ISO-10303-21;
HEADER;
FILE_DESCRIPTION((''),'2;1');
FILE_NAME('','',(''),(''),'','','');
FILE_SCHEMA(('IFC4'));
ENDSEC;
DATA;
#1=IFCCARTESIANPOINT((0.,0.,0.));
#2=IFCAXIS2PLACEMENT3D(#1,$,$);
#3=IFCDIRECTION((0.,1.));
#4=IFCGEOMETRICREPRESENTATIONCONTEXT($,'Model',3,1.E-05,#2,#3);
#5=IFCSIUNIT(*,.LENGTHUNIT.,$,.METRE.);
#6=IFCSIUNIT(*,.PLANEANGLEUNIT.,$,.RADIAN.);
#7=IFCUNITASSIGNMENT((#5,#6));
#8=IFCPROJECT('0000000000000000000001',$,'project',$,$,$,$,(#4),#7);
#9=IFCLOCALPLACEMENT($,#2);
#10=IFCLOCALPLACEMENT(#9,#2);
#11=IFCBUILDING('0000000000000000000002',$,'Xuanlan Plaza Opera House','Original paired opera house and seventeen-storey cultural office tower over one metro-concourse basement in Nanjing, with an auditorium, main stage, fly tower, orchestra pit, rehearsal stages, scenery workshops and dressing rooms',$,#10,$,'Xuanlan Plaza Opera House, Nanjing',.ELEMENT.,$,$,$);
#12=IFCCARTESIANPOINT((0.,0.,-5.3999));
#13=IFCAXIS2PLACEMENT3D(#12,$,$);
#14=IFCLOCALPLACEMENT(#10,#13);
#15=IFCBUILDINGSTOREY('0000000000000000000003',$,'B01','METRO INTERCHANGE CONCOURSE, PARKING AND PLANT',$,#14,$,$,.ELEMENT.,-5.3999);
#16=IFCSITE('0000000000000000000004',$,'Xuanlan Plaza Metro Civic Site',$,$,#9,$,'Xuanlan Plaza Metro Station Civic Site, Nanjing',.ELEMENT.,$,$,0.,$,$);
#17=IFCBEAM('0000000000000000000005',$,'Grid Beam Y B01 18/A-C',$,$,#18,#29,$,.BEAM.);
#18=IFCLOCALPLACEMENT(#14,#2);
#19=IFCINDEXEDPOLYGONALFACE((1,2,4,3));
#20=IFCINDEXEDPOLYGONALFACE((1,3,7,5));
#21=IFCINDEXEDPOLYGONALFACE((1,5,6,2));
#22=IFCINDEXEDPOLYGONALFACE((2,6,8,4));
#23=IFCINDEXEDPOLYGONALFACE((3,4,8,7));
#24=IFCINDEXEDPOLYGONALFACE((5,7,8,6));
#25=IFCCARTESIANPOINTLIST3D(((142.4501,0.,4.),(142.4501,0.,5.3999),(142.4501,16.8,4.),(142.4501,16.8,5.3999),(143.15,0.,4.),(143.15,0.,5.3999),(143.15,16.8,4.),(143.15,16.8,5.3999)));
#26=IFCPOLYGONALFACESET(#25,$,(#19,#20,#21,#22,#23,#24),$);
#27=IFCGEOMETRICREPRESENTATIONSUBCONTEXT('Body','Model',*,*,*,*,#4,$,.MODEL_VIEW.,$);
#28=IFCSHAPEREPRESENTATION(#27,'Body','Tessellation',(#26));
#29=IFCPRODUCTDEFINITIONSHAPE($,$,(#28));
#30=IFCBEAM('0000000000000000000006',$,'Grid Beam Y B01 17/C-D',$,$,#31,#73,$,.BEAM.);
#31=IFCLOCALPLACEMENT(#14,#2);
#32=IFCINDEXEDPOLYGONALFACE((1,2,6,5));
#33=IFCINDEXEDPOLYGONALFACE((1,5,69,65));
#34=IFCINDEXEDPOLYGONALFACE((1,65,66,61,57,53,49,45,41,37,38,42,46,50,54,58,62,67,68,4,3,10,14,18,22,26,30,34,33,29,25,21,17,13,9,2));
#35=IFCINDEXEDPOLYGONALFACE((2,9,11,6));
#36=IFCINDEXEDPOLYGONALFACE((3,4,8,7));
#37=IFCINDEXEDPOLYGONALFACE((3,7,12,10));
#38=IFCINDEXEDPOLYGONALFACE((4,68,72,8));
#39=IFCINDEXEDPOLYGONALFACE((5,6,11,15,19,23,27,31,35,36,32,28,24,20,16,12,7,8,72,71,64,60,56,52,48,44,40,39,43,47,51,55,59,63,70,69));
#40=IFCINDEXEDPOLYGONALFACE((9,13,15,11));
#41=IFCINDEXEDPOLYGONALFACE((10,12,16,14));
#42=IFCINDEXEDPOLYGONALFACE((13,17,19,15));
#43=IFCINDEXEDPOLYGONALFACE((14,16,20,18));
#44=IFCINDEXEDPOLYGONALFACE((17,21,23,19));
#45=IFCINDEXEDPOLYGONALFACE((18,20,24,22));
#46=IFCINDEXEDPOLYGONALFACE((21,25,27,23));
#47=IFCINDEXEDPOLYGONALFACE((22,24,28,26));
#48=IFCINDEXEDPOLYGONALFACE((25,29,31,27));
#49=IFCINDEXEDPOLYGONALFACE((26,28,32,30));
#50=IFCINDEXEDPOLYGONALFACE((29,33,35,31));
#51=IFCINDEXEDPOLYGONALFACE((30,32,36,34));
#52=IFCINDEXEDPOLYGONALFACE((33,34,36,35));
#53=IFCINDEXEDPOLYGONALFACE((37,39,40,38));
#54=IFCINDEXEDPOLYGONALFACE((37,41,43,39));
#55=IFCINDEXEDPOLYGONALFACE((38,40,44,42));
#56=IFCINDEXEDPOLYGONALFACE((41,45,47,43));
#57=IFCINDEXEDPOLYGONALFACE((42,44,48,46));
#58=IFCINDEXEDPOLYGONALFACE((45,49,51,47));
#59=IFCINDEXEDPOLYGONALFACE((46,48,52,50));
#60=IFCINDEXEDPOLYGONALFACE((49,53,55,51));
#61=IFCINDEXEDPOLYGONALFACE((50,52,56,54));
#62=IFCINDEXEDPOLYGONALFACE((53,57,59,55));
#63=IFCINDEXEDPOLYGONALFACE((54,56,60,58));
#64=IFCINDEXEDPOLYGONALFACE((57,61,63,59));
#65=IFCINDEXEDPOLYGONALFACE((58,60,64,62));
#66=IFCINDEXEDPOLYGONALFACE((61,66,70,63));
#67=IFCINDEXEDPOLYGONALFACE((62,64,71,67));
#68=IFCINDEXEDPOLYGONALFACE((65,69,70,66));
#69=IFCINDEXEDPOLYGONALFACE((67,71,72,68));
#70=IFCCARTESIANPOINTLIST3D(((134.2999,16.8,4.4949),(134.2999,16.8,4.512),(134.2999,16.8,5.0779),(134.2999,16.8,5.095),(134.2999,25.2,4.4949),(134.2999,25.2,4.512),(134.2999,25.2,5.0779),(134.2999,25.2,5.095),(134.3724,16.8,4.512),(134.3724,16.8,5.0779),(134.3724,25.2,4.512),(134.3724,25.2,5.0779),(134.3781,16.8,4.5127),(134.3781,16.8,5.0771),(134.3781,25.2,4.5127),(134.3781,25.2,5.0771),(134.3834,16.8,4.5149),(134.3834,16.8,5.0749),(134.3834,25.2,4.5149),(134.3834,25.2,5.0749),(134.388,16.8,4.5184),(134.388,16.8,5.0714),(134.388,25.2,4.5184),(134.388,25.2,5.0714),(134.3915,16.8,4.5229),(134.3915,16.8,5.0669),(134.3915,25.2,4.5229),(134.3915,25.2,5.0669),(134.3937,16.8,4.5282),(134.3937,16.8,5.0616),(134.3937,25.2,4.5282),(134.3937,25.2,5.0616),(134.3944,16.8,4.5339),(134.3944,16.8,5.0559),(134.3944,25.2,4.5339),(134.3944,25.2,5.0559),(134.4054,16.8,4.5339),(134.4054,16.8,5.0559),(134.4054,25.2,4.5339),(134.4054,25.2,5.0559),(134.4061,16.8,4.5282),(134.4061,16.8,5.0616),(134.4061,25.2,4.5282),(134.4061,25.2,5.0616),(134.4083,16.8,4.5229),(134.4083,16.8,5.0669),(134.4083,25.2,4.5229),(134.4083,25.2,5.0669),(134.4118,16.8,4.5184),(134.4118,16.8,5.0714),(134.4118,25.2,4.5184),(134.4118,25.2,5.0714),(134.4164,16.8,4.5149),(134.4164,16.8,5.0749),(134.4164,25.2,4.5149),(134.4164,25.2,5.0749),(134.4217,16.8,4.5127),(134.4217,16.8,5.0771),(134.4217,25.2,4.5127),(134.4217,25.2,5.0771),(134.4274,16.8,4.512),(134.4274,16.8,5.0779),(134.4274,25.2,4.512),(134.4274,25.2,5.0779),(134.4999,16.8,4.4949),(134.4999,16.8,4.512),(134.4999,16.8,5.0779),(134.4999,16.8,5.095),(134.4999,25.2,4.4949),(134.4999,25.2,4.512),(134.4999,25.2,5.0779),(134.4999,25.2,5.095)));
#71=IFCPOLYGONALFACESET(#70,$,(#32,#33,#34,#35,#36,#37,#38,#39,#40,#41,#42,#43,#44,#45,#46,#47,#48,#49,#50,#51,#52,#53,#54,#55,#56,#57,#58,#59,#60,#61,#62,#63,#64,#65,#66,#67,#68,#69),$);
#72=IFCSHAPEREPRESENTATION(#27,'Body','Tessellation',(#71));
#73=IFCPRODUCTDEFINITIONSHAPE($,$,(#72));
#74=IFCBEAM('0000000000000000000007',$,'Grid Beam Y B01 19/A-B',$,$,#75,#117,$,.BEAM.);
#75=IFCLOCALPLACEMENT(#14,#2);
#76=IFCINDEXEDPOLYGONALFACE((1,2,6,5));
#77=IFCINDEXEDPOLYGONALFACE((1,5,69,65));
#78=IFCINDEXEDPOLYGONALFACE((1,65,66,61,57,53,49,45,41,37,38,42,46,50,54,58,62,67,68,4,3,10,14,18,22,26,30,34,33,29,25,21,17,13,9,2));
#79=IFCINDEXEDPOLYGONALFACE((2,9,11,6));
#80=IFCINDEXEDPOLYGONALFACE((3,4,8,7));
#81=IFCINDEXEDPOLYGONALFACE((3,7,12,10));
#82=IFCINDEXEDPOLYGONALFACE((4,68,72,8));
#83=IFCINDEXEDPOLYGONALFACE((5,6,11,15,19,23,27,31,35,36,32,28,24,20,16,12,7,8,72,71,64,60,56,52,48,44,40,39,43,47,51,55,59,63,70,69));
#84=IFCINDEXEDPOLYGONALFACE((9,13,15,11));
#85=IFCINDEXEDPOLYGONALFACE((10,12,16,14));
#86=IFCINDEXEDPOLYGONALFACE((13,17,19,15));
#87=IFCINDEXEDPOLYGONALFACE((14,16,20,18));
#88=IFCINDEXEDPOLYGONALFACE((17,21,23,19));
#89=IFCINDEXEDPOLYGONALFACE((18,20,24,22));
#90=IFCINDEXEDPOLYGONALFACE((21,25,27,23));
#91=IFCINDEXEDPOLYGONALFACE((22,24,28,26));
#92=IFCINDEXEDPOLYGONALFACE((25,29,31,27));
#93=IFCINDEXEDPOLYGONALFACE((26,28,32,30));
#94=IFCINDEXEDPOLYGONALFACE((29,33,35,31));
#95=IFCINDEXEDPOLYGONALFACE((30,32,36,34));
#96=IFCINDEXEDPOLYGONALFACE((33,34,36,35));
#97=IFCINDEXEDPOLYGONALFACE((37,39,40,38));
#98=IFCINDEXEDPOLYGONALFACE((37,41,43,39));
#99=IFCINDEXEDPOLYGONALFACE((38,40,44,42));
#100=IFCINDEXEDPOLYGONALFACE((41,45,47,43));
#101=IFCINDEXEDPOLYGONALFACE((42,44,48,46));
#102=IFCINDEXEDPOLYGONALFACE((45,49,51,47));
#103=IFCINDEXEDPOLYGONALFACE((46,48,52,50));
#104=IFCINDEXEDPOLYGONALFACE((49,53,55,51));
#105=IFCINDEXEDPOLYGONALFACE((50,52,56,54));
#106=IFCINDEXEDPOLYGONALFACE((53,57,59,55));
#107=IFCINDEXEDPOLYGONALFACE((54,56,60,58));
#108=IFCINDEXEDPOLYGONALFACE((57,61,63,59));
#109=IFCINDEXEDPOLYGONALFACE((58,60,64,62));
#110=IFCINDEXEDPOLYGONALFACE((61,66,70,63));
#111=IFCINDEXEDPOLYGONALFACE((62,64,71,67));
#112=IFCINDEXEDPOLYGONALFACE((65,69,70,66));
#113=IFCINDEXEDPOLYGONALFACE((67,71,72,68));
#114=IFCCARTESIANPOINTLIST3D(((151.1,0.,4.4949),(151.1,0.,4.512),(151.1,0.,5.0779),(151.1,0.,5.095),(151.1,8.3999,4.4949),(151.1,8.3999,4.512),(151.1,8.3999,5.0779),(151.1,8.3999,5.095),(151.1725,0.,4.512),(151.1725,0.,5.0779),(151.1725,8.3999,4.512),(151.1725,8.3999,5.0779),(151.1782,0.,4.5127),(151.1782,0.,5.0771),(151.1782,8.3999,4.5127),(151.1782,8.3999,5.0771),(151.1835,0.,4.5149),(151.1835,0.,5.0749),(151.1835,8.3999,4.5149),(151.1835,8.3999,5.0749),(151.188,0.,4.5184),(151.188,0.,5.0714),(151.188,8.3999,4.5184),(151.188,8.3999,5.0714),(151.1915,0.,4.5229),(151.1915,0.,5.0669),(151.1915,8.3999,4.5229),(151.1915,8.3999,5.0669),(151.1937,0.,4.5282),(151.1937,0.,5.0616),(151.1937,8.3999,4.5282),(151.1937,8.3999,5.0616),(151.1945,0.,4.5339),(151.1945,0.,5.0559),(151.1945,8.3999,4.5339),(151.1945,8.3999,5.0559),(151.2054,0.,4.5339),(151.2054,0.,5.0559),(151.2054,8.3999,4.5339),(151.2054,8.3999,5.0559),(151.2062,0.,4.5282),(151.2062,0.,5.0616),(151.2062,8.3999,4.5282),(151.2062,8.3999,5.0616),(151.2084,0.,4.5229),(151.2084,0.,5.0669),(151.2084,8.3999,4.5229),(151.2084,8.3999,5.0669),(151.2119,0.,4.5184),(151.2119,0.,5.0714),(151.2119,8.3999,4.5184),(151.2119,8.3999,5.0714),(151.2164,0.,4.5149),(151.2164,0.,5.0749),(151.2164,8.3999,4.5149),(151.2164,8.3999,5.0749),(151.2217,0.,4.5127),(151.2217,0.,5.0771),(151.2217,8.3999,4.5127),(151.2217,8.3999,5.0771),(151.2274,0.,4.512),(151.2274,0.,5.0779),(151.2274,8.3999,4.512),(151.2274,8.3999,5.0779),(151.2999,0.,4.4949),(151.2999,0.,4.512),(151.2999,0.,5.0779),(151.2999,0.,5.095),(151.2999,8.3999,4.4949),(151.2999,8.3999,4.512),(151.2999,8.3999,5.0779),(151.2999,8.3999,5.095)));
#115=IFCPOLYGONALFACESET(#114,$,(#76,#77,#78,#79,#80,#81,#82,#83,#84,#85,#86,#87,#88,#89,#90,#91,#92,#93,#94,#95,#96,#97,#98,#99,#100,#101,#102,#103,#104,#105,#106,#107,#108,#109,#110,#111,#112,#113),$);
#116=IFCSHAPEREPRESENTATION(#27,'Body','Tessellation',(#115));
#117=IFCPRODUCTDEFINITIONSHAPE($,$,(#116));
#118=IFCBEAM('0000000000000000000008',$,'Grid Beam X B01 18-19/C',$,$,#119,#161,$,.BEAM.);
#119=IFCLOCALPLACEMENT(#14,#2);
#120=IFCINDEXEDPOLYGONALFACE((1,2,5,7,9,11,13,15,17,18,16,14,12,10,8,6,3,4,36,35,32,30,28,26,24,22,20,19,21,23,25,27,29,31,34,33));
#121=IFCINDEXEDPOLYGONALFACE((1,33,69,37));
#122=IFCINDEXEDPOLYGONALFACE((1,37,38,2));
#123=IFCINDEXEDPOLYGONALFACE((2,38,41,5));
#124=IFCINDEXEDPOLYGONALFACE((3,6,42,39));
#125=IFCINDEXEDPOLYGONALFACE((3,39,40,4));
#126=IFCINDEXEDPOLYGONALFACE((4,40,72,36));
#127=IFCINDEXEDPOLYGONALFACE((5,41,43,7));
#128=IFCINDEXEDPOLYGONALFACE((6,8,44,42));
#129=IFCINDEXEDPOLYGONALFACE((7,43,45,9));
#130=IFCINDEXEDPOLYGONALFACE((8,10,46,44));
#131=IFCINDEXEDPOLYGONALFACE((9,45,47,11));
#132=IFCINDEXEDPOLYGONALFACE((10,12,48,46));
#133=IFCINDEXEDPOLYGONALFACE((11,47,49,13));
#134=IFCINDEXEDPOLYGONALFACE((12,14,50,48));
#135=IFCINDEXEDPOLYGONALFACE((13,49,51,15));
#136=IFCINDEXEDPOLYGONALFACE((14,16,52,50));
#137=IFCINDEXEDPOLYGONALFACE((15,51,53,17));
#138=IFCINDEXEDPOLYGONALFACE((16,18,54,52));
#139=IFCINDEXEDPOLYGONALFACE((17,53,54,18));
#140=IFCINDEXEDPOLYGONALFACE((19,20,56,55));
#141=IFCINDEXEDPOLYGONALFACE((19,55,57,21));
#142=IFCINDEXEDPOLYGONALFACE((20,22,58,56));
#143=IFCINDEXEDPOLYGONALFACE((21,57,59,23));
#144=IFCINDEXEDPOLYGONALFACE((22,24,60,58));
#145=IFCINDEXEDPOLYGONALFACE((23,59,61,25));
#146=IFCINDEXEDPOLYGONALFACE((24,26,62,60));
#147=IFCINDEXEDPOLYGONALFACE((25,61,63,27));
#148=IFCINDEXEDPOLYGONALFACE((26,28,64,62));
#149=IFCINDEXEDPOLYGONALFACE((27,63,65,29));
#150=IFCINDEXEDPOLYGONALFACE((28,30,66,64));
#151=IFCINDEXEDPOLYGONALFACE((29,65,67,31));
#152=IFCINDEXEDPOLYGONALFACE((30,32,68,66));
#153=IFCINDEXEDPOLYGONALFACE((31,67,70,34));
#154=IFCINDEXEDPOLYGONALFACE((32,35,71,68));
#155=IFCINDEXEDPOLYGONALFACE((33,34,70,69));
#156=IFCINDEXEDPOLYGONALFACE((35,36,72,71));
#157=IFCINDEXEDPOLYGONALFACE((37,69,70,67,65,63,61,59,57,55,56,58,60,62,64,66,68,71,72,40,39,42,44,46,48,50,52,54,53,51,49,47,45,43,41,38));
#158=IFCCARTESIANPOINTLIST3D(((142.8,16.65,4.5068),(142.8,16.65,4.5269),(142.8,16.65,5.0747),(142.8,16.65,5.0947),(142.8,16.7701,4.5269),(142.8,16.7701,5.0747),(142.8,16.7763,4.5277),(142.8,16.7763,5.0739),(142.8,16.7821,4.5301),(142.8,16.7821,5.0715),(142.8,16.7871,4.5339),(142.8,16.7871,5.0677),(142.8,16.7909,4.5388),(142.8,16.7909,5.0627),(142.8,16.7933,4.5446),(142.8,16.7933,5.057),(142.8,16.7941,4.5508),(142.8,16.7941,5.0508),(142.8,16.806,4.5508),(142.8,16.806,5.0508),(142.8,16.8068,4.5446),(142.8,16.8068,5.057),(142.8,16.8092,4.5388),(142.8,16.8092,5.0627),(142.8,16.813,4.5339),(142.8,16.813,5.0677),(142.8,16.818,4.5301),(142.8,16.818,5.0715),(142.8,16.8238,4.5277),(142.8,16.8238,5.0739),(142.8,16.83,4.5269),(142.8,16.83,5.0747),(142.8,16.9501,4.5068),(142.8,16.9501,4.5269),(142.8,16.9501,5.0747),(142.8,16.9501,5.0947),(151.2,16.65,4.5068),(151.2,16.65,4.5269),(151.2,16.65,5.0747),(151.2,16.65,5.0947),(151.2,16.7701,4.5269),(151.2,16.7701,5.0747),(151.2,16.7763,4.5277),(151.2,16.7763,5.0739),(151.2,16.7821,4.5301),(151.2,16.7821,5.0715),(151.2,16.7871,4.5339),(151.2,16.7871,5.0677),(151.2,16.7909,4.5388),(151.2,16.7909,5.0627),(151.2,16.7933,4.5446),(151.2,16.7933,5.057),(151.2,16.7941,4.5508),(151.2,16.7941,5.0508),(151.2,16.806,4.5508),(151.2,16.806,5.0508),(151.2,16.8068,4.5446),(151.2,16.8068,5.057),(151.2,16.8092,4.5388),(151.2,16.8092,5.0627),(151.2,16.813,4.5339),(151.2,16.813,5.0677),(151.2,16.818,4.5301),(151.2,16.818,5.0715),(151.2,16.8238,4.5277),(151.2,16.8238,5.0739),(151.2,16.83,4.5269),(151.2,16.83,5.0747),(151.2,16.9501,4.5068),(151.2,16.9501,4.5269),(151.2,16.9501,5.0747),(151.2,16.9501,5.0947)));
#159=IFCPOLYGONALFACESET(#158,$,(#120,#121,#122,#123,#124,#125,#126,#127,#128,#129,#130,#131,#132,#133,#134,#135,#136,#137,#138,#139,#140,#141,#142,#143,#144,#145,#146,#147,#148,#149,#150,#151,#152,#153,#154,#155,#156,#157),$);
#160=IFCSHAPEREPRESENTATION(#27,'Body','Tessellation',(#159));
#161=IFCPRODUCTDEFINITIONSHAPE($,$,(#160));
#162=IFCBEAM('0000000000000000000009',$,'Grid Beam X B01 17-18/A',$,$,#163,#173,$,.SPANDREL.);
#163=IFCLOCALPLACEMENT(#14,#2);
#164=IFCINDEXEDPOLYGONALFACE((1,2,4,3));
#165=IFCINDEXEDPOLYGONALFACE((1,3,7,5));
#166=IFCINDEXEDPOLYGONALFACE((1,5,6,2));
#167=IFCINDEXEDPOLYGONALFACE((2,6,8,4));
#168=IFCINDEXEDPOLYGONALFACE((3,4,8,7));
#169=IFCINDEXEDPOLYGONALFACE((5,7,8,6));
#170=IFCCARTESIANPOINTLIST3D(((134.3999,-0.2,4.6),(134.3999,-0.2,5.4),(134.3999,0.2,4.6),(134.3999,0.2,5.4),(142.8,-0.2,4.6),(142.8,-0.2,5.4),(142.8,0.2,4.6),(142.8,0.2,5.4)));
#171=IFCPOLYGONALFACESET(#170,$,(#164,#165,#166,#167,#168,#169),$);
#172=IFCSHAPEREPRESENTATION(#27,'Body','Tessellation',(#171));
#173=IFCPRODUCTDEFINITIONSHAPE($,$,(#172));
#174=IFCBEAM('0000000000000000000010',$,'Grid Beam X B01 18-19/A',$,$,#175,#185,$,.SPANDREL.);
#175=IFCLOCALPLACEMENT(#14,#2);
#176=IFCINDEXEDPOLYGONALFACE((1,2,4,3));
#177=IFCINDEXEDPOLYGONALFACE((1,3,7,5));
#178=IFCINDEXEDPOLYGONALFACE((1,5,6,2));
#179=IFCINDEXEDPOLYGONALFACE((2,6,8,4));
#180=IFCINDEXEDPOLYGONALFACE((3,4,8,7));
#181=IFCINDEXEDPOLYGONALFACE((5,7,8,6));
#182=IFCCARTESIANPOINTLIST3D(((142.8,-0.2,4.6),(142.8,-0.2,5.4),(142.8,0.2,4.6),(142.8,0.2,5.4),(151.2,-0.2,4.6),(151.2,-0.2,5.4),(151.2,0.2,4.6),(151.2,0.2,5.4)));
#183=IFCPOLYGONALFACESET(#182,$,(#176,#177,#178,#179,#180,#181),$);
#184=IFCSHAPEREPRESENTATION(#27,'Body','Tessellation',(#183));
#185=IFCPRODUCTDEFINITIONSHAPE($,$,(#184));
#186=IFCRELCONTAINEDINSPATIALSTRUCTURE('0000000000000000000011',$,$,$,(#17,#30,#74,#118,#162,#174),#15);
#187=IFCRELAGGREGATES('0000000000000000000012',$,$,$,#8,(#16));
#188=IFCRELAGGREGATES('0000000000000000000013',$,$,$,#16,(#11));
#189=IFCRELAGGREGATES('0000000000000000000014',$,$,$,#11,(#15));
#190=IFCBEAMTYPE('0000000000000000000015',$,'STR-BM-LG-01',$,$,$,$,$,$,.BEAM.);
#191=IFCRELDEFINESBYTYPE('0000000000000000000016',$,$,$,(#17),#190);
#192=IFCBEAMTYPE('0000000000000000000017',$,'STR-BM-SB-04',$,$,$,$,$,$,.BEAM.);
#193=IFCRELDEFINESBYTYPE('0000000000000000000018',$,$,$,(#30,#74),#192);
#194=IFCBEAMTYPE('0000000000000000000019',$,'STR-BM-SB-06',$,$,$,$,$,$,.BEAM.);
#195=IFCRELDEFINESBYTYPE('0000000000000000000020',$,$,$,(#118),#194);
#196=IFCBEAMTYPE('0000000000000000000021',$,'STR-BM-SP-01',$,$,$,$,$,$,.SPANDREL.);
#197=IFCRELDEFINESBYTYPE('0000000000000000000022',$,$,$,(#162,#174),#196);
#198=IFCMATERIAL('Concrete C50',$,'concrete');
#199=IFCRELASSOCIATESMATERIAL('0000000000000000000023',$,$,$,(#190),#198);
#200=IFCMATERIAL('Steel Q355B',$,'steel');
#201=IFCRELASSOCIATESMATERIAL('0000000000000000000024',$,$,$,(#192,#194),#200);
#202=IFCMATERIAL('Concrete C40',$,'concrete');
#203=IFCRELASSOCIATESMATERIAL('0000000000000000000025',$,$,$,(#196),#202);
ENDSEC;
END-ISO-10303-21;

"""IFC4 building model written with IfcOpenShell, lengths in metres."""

from ifc_helpers import new_model, si_unit, direction, frame, origin, origin_2d, place, context, subcontext, project, spatial, rectangle, i_section, extrude, material, material_profile, profile_set, type_object, element, save


model = new_model("IFC4")

# Units and contexts
model_context = context("Model", 3, precision=1e-05, world=origin(), true_north=direction((0.0, 1.0)))
body_context = subcontext(model_context, "Body", "Model", "MODEL_VIEW")
ifc_project = project(units=[si_unit("LENGTHUNIT", "METRE"), si_unit("PLANEANGLEUNIT", "RADIAN")], contexts=[model_context])

# Site, building, storey
site_placement = place(None, origin())
site = spatial("IfcSite", under=ifc_project, at=site_placement, Name="Xuanlan Plaza Metro Civic Site", LongName="Xuanlan Plaza Metro Station Civic Site, Nanjing", CompositionType="ELEMENT", RefElevation=0.0)
building_placement = place(site_placement, origin())
building = spatial("IfcBuilding", under=site, at=building_placement, Name="Xuanlan Plaza Opera House", Description="Original paired opera house and seventeen-storey cultural office tower over one metro-concourse basement in Nanjing, with an auditorium, main stage, fly tower, orchestra pit, rehearsal stages, scenery workshops and dressing rooms", LongName="Xuanlan Plaza Opera House, Nanjing", CompositionType="ELEMENT")
storey_placement = place(building_placement, frame((0.0, 0.0, -5.3999)))
storey = spatial("IfcBuildingStorey", under=building, at=storey_placement, Name="B01", Description="METRO INTERCHANGE CONCOURSE, PARKING AND PLANT", CompositionType="ELEMENT", Elevation=-5.3999)

# Shared definitions
ifc_material_1 = material(Name="Concrete C50", Category="concrete")
ifc_material_2 = material(Name="Concrete C40", Category="concrete")

# Beams
ifc_material_profile_1 = material_profile(ifc_material_1, rectangle(XDim=0.7, YDim=1.3999, at=origin_2d()), Name="RC-LG 700x1400")
ifc_profile_set_1 = profile_set([ifc_material_profile_1], Name="Concrete C50")
beam_type_1 = type_object("IfcBeamType", Name="STR-BM-LG-01", PredefinedType="BEAM", material=ifc_profile_set_1)
for number, where, z_axis, x_axis, name in (
    (1, (142.8, 0.0, 4.7), (0.0, 1.0, 0.0), (-1.0, 0.0, 0.0), "Grid Beam Y B01 18/A-C"),
):
    element("IfcBeam", number, at=place(storey_placement, frame(where, z_axis=z_axis, x_axis=x_axis)), inside=storey, type_object=beam_type_1, Name=name, PredefinedType="BEAM", context=body_context, shape_type="SweptSolid", body=[
        extrude(rectangle(XDim=0.7, YDim=1.3999, at=origin_2d()), origin(), (0.0, 0.0, 1.0), 16.8),
    ])
ifc_material_3 = material(Name="Steel Q355B", Category="steel")
ifc_material_profile_2 = material_profile(ifc_material_3, i_section(OverallWidth=0.2, OverallDepth=0.6001, WebThickness=0.011, FlangeThickness=0.0171, FilletRadius=0.022, at=origin_2d()), Name="HN 600x200x11x17")
ifc_profile_set_2 = profile_set([ifc_material_profile_2], Name="Steel Q355B")
beam_type_2 = type_object("IfcBeamType", Name="STR-BM-SB-04", PredefinedType="BEAM", material=ifc_profile_set_2)
for number, where, z_axis, x_axis, name in (
    (2, (134.3999, 16.8, 4.7949), (0.0, 1.0, 0.0), (-1.0, 0.0, 0.0), "Grid Beam Y B01 17/C-D"),
    (3, (151.2, 0.0, 4.7949), (0.0, 1.0, 0.0), (-1.0, 0.0, 0.0), "Grid Beam Y B01 19/A-B"),
):
    element("IfcBeam", number, at=place(storey_placement, frame(where, z_axis=z_axis, x_axis=x_axis)), inside=storey, type_object=beam_type_2, Name=name, PredefinedType="BEAM", context=body_context, shape_type="SweptSolid", body=[
        extrude(i_section(OverallWidth=0.2, OverallDepth=0.6001, WebThickness=0.011, FlangeThickness=0.0171, FilletRadius=0.022, at=origin_2d()), origin(), (0.0, 0.0, 1.0), 8.3999),
    ])
ifc_material_profile_3 = material_profile(ifc_material_3, i_section(OverallWidth=0.3, OverallDepth=0.5879, WebThickness=0.012, FlangeThickness=0.02, FilletRadius=0.0239, at=origin_2d()), Name="HM 588x300x12x20")
ifc_profile_set_3 = profile_set([ifc_material_profile_3], Name="Steel Q355B")
beam_type_3 = type_object("IfcBeamType", Name="STR-BM-SB-06", PredefinedType="BEAM", material=ifc_profile_set_3)
beam_1_placement = place(storey_placement, frame((142.8, 16.8, 4.8008), z_axis=(1.0, 0.0, 0.0), x_axis=(0.0, 1.0, 0.0)))
element("IfcBeam", 4, at=beam_1_placement, inside=storey, type_object=beam_type_3, Name="Grid Beam X B01 18-19/C", PredefinedType="BEAM", context=body_context, shape_type="SweptSolid", body=[
    extrude(i_section(OverallWidth=0.3, OverallDepth=0.5879, WebThickness=0.012, FlangeThickness=0.02, FilletRadius=0.0239, at=origin_2d()), origin(), (0.0, 0.0, 1.0), 8.3999),
])
ifc_material_profile_4 = material_profile(ifc_material_2, rectangle(XDim=0.3999, YDim=0.8, at=origin_2d()), Name="RC-SPD 400x800")
ifc_profile_set_4 = profile_set([ifc_material_profile_4], Name="Concrete C40")
beam_type_4 = type_object("IfcBeamType", Name="STR-BM-SP-01", PredefinedType="SPANDREL", material=ifc_profile_set_4)
beam_2_placement = place(storey_placement, frame((134.3999, 0.0, 5.0), z_axis=(1.0, 0.0, 0.0), x_axis=(0.0, 1.0, 0.0)))
element("IfcBeam", 5, at=beam_2_placement, inside=storey, type_object=beam_type_4, Name="Grid Beam X B01 17-18/A", PredefinedType="SPANDREL", context=body_context, shape_type="SweptSolid", body=[
    extrude(rectangle(XDim=0.3999, YDim=0.8, at=origin_2d()), origin(), (0.0, 0.0, 1.0), 8.4001),
])
beam_3_placement = place(storey_placement, frame((142.8, 0.0, 5.0), z_axis=(1.0, 0.0, 0.0), x_axis=(0.0, 1.0, 0.0)))
element("IfcBeam", 6, at=beam_3_placement, inside=storey, type_object=beam_type_4, Name="Grid Beam X B01 18-19/A", PredefinedType="SPANDREL", context=body_context, shape_type="SweptSolid", body=[
    extrude(rectangle(XDim=0.3999, YDim=0.8, at=origin_2d()), origin(), (0.0, 0.0, 1.0), 8.3999),
])

save(model, "model.ifc")
